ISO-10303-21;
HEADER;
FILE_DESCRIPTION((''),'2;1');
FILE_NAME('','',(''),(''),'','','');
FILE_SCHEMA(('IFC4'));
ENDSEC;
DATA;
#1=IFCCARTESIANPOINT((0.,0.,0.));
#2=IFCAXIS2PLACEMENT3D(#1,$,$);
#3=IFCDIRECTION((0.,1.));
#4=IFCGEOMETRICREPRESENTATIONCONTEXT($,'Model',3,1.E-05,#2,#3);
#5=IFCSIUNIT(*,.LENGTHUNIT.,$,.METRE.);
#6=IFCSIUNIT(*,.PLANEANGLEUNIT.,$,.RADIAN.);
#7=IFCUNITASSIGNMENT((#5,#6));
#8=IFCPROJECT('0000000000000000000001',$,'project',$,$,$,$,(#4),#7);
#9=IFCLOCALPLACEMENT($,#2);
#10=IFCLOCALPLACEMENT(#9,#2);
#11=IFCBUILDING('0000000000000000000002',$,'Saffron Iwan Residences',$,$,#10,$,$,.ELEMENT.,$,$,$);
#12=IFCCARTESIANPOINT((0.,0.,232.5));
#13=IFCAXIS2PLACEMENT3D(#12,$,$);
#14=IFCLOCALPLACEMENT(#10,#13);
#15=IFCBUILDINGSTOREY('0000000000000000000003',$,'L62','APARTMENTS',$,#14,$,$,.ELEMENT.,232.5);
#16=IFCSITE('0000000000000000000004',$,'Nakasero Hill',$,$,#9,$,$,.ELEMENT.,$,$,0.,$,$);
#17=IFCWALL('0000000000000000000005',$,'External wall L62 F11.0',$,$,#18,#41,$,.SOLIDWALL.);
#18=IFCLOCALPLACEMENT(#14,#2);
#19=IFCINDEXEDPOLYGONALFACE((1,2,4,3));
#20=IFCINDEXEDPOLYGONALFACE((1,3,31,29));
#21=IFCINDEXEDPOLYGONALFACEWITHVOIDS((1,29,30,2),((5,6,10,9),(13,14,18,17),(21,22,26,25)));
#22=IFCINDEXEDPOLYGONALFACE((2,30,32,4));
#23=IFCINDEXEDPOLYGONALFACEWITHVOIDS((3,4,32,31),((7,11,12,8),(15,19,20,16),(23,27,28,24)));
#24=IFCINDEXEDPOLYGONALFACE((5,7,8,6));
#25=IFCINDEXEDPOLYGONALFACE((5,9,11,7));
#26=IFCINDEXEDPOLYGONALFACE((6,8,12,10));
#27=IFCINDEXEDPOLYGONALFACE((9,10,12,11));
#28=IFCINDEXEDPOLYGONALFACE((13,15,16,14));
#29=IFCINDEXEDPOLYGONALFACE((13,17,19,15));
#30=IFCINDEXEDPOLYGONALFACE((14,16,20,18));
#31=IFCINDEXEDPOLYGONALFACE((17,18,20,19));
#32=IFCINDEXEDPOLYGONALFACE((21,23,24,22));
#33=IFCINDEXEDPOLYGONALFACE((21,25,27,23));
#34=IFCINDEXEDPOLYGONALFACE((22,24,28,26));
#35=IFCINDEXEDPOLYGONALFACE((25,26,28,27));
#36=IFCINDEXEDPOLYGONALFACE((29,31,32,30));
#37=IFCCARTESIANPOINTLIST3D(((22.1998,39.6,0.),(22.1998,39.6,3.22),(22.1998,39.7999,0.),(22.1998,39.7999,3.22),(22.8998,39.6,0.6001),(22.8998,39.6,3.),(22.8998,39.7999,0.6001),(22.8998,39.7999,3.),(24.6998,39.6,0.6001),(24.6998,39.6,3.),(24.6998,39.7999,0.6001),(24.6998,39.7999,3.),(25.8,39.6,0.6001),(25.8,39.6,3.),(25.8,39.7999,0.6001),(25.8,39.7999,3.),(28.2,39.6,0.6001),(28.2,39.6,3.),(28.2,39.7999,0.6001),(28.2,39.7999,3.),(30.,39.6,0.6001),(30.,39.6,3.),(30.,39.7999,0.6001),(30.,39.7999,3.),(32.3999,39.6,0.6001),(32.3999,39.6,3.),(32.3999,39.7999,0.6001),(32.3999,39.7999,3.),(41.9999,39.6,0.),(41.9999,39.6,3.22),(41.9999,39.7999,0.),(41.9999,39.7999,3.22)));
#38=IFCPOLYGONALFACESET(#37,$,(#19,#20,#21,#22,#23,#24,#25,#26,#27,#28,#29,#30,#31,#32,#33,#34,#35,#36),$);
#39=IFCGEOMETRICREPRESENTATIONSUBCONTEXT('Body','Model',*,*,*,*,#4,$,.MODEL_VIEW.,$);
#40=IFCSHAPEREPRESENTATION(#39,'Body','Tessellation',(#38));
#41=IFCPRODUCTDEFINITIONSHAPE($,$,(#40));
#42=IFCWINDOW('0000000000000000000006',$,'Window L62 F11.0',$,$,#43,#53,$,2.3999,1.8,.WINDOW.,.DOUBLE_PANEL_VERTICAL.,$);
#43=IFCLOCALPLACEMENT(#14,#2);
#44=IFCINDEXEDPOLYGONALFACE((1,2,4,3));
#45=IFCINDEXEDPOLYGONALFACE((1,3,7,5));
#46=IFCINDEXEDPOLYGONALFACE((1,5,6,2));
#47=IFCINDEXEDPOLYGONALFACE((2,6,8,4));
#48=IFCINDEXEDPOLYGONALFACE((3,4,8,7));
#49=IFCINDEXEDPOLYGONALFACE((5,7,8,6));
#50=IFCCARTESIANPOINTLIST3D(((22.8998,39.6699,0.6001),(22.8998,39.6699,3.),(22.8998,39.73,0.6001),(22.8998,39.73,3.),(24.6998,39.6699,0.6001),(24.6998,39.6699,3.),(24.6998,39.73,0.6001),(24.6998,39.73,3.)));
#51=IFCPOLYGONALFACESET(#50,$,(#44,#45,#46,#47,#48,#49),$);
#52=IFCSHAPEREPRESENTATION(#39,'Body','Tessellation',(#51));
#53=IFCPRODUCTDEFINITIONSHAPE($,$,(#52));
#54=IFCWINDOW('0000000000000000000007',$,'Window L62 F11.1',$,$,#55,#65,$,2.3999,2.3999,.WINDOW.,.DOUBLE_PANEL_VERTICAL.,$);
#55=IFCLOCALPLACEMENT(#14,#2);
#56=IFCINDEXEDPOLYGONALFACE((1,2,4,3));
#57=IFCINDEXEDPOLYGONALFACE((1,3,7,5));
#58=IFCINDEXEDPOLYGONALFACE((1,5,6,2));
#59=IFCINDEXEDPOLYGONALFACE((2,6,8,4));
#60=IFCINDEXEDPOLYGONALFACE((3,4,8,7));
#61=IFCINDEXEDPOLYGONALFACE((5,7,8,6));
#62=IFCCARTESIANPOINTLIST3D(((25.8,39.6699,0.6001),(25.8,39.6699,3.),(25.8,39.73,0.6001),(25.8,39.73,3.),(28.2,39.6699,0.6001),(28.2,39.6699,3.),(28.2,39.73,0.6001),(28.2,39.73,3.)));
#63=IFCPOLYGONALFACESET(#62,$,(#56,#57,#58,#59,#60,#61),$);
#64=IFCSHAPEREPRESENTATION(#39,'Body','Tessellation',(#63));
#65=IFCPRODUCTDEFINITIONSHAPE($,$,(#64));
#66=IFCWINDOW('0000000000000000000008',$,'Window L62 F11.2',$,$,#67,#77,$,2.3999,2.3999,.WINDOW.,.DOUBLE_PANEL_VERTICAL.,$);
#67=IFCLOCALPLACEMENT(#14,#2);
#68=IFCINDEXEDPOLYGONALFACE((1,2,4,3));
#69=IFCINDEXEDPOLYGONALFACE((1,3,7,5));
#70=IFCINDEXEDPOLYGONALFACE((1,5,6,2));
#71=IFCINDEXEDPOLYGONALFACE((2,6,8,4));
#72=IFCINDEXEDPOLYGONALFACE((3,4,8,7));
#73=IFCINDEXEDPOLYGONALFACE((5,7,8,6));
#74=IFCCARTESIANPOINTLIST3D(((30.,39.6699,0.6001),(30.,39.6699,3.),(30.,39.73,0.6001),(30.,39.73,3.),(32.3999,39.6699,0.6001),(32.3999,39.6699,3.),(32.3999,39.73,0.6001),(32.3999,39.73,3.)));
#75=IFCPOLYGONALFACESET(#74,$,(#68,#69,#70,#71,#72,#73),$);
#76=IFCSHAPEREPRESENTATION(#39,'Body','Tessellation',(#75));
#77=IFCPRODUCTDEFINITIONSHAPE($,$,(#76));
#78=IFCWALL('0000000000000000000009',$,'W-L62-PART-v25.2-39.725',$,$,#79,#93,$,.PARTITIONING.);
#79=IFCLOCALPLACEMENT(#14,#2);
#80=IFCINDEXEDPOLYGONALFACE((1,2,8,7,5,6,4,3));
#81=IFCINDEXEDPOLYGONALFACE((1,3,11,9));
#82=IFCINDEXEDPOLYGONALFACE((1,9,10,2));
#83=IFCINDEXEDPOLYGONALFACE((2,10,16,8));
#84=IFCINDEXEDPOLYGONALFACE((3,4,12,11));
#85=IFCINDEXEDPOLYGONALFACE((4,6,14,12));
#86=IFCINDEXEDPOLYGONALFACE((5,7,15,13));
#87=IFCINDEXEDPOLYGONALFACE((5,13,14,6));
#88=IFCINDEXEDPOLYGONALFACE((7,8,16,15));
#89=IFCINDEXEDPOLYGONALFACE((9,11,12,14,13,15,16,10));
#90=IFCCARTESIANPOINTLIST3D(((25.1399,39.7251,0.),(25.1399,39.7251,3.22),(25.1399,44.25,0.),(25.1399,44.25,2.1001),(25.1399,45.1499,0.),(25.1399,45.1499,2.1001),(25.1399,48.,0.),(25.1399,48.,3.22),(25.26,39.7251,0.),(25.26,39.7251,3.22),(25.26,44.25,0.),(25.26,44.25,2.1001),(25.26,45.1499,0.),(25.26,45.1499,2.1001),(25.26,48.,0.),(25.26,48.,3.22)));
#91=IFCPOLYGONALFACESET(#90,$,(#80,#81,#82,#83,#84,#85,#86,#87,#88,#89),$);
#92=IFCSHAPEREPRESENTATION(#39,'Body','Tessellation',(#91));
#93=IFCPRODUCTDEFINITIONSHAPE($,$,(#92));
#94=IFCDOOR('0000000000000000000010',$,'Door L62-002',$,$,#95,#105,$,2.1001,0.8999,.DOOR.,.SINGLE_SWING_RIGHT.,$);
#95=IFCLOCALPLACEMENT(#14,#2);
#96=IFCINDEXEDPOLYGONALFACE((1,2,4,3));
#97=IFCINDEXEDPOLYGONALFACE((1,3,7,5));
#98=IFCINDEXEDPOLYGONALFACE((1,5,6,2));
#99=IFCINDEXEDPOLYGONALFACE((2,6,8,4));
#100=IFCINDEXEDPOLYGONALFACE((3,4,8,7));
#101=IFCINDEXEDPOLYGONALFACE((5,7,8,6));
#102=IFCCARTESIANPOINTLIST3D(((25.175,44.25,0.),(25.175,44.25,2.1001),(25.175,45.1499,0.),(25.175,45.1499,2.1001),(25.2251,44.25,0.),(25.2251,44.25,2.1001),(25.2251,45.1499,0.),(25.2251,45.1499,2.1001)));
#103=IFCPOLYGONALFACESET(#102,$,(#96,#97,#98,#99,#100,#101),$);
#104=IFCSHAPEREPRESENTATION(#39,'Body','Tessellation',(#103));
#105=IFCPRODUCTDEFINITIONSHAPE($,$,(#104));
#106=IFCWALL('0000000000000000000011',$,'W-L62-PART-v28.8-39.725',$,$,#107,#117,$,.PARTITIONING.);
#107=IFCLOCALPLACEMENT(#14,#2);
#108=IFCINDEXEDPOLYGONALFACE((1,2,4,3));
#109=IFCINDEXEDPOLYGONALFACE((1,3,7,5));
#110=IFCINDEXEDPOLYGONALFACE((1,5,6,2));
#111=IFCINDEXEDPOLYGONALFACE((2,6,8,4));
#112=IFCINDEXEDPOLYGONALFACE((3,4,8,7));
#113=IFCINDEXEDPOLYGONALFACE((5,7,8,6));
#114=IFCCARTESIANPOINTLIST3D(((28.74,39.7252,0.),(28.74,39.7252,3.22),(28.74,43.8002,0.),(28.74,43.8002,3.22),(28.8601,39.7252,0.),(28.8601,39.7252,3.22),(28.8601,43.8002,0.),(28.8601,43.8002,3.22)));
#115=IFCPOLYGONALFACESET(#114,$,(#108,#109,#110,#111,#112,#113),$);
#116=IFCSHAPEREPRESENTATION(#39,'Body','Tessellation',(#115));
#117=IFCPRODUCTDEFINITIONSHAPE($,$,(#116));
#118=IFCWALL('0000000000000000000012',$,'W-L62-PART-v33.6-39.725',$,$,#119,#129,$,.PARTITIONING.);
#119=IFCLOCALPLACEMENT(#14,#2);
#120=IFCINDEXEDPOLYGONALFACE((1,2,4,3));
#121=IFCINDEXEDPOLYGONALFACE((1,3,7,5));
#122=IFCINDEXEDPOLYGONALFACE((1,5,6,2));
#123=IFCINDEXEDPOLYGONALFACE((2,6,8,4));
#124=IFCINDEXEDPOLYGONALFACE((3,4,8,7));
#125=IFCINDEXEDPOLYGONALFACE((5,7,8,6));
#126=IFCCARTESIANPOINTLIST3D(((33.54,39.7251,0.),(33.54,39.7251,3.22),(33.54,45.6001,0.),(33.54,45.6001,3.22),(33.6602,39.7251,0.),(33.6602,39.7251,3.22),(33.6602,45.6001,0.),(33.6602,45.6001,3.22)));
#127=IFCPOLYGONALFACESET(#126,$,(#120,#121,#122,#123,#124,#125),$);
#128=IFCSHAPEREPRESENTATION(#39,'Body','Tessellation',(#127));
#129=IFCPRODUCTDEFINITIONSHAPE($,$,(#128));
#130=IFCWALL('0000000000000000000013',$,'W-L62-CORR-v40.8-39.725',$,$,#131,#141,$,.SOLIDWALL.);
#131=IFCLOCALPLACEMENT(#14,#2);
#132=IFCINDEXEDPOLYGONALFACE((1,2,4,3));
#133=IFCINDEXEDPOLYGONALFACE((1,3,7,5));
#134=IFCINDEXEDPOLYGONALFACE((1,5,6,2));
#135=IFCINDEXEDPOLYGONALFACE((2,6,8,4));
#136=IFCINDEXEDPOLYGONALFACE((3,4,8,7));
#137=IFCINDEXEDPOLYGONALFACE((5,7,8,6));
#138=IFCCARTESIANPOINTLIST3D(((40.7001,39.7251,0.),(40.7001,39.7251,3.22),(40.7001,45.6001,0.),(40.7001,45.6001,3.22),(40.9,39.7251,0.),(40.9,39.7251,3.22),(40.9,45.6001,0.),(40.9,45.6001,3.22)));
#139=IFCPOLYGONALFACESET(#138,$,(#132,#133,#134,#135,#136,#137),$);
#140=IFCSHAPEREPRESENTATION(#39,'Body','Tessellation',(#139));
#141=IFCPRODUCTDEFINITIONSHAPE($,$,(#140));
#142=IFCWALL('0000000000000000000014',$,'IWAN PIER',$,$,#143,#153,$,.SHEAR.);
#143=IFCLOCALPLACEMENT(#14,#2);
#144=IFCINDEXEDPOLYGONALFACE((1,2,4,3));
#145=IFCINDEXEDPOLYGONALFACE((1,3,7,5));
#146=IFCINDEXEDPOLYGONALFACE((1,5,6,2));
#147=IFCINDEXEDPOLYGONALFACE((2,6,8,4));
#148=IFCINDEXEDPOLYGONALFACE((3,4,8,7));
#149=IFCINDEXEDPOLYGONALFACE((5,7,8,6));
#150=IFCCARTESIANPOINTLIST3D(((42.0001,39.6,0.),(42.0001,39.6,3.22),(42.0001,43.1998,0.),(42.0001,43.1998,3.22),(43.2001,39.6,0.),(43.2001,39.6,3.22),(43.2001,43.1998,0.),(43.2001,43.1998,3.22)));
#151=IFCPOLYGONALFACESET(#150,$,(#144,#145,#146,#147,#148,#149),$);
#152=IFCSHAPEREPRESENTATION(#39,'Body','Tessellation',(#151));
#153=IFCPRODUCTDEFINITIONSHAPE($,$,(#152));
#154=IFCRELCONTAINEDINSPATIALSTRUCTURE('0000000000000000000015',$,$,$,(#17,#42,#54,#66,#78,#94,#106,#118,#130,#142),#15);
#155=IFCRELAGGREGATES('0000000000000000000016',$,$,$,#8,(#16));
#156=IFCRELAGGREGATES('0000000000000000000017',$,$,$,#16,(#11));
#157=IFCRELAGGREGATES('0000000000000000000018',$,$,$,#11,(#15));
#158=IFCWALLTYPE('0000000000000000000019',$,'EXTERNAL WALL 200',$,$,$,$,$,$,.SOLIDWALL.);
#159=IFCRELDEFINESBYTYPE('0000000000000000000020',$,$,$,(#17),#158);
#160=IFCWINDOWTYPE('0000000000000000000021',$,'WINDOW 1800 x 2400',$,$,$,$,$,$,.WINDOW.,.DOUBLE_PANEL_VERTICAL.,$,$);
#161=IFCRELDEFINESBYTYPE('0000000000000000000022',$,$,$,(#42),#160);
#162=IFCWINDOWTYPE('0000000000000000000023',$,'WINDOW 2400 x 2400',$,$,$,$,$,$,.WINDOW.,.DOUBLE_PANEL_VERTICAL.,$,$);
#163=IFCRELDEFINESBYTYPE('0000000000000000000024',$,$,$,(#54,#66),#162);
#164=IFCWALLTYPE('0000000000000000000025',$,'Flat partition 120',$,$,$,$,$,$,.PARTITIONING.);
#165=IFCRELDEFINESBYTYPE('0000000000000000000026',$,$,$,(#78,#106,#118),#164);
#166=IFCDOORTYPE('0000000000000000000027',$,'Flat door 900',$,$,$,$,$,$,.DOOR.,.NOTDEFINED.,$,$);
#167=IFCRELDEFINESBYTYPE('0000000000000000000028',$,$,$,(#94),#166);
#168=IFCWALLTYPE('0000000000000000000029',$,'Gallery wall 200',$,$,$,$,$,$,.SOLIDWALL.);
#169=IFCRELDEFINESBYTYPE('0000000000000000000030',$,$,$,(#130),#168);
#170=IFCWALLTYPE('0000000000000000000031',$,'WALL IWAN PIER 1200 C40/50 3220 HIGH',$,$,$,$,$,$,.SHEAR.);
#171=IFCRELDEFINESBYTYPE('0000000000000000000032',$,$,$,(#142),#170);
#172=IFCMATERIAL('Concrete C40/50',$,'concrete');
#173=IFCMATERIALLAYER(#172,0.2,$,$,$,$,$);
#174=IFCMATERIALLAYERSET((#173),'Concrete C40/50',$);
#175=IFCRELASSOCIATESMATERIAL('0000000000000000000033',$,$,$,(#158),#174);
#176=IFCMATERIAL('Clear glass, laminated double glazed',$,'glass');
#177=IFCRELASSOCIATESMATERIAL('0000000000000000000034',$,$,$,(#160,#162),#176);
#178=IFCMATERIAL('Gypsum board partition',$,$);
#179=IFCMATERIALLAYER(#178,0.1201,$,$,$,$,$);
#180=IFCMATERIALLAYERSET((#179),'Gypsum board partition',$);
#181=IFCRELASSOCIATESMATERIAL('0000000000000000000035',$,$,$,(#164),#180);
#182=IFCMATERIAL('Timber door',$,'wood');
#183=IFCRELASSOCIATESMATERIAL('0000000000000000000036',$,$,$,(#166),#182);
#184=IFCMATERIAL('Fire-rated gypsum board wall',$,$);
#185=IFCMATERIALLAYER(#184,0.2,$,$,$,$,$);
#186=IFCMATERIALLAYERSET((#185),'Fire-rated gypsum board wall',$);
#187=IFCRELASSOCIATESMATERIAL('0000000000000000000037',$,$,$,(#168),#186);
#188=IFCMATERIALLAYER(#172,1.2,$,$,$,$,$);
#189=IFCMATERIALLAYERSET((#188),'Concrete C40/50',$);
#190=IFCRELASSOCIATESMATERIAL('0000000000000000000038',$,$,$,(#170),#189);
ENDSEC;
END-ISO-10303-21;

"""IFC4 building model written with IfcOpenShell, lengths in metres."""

from ifc_helpers import new_model, si_unit, direction, frame, frame_2d, origin, place, context, subcontext, project, spatial, rectangle, extrude, material, layer, layer_set, type_object, element, fill, save


model = new_model("IFC4")

# Units and contexts
model_context = context("Model", 3, precision=1e-05, world=origin(), true_north=direction((0.0, 1.0)))
body_context = subcontext(model_context, "Body", "Model", "MODEL_VIEW")
ifc_project = project(units=[si_unit("LENGTHUNIT", "METRE"), si_unit("PLANEANGLEUNIT", "RADIAN")], contexts=[model_context])

# Site, building, storey
site_placement = place(None, origin())
site = spatial("IfcSite", under=ifc_project, at=site_placement, Name="Nakasero Hill", CompositionType="ELEMENT", RefElevation=0.0)
building_placement = place(site_placement, origin())
building = spatial("IfcBuilding", under=site, at=building_placement, Name="Saffron Iwan Residences", CompositionType="ELEMENT")
storey_placement = place(building_placement, frame((0.0, 0.0, 232.5)))
storey = spatial("IfcBuildingStorey", under=building, at=storey_placement, Name="L62", Description="APARTMENTS", CompositionType="ELEMENT", Elevation=232.5)

# Shared definitions
ifc_material_1 = material(Name="Clear glass, laminated double glazed", Category="glass")

# Wall, openings, windows
ifc_material_2 = material(Name="Concrete C40/50", Category="concrete")
ifc_layer_1 = layer(ifc_material_2, 0.2)
ifc_layer_set_1 = layer_set([ifc_layer_1], Name="Concrete C40/50")
wall_type_1 = type_object("IfcWallType", Name="EXTERNAL WALL 200", PredefinedType="SOLIDWALL", material=ifc_layer_set_1)
wall_1_placement = place(storey_placement, frame((22.2, 39.7, 0.0), z_axis=(0.0, 0.0, 1.0), x_axis=(1.0, 0.0, 0.0)))
wall_1 = element("IfcWall", 1, at=wall_1_placement, inside=storey, type_object=wall_type_1, Name="External wall L62 F11.0", PredefinedType="SOLIDWALL", context=body_context, shape_type="SweptSolid", body=[
    extrude(rectangle(XDim=19.8, YDim=0.2, at=frame_2d((9.8999, 0.0))), origin(), (0.0, 0.0, 1.0), 3.22),
])
opening_1_placement = place(wall_1_placement, frame((0.7, 0.0, 0.6001)))
opening_1 = element("IfcOpeningElement", 2, at=opening_1_placement, cuts=wall_1, PredefinedType="OPENING", context=body_context, shape_type="SweptSolid", body=[
    extrude(rectangle(XDim=1.8, YDim=2.3999, at=frame_2d((0.8999, 1.2))), frame((0.0, 0.1099, 0.0), z_axis=(0.0, -1.0, 0.0), x_axis=(1.0, 0.0, 0.0)), (0.0, 0.0, 1.0), 0.22),
])
opening_2_placement = place(wall_1_placement, frame((3.6001, 0.0, 0.6001)))
opening_2 = element("IfcOpeningElement", 3, at=opening_2_placement, cuts=wall_1, PredefinedType="OPENING", context=body_context, shape_type="SweptSolid", body=[
    extrude(rectangle(XDim=2.3999, YDim=2.3999, at=frame_2d((1.2, 1.2))), frame((0.0, 0.1099, 0.0), z_axis=(0.0, -1.0, 0.0), x_axis=(1.0, 0.0, 0.0)), (0.0, 0.0, 1.0), 0.22),
])
opening_3_placement = place(wall_1_placement, frame((7.8, 0.0, 0.6001)))
opening_3 = element("IfcOpeningElement", 4, at=opening_3_placement, cuts=wall_1, PredefinedType="OPENING", context=body_context, shape_type="SweptSolid", body=[
    extrude(rectangle(XDim=2.3999, YDim=2.3999, at=frame_2d((1.2, 1.2))), frame((0.0, 0.1099, 0.0), z_axis=(0.0, -1.0, 0.0), x_axis=(1.0, 0.0, 0.0)), (0.0, 0.0, 1.0), 0.22),
])
window_type_1 = type_object("IfcWindowType", Name="WINDOW 1800 x 2400", PartitioningType="DOUBLE_PANEL_VERTICAL", PredefinedType="WINDOW", material=ifc_material_1)
window_1_placement = place(opening_1_placement, origin())
window_1 = element("IfcWindow", 5, at=window_1_placement, inside=storey, type_object=window_type_1, Name="Window L62 F11.0", OverallHeight=2.3999, OverallWidth=1.8, PartitioningType="DOUBLE_PANEL_VERTICAL", PredefinedType="WINDOW", context=body_context, shape_type="SweptSolid", body=[
    extrude(rectangle(XDim=1.8, YDim=2.3999, at=frame_2d((0.8999, 1.2))), frame((0.0, 0.03, 0.0), z_axis=(0.0, -1.0, 0.0), x_axis=(1.0, 0.0, 0.0)), (0.0, 0.0, 1.0), 0.0601),
])
fill(opening_1, window_1)
window_type_2 = type_object("IfcWindowType", Name="WINDOW 2400 x 2400", PartitioningType="DOUBLE_PANEL_VERTICAL", PredefinedType="WINDOW", material=ifc_material_1)
window_2_placement = place(opening_2_placement, origin())
window_2 = element("IfcWindow", 6, at=window_2_placement, inside=storey, type_object=window_type_2, Name="Window L62 F11.1", OverallHeight=2.3999, OverallWidth=2.3999, PartitioningType="DOUBLE_PANEL_VERTICAL", PredefinedType="WINDOW", context=body_context, shape_type="SweptSolid", body=[
    extrude(rectangle(XDim=2.3999, YDim=2.3999, at=frame_2d((1.2, 1.2))), frame((0.0, 0.03, 0.0), z_axis=(0.0, -1.0, 0.0), x_axis=(1.0, 0.0, 0.0)), (0.0, 0.0, 1.0), 0.0601),
])
fill(opening_2, window_2)
window_3_placement = place(opening_3_placement, origin())
window_3 = element("IfcWindow", 7, at=window_3_placement, inside=storey, type_object=window_type_2, Name="Window L62 F11.2", OverallHeight=2.3999, OverallWidth=2.3999, PartitioningType="DOUBLE_PANEL_VERTICAL", PredefinedType="WINDOW", context=body_context, shape_type="SweptSolid", body=[
    extrude(rectangle(XDim=2.3999, YDim=2.3999, at=frame_2d((1.2, 1.2))), frame((0.0, 0.03, 0.0), z_axis=(0.0, -1.0, 0.0), x_axis=(1.0, 0.0, 0.0)), (0.0, 0.0, 1.0), 0.0601),
])
fill(opening_3, window_3)

# Wall, opening, door
ifc_material_3 = material(Name="Gypsum board partition")
ifc_layer_2 = layer(ifc_material_3, 0.1201)
ifc_layer_set_2 = layer_set([ifc_layer_2], Name="Gypsum board partition")
wall_type_2 = type_object("IfcWallType", Name="Flat partition 120", PredefinedType="PARTITIONING", material=ifc_layer_set_2)
wall_2_placement = place(storey_placement, frame((25.2, 39.7251, 0.0), z_axis=(0.0, 0.0, 1.0), x_axis=(0.0, 1.0, 0.0)))
wall_2 = element("IfcWall", 8, at=wall_2_placement, inside=storey, type_object=wall_type_2, Name="W-L62-PART-v25.2-39.725", PredefinedType="PARTITIONING", context=body_context, shape_type="SweptSolid", body=[
    extrude(rectangle(XDim=8.2749, YDim=0.1201, at=frame_2d((4.1375, 0.0))), origin(), (0.0, 0.0, 1.0), 3.22),
])
opening_4_placement = place(wall_2_placement, frame((4.5249, 0.0, 0.0)))
opening_4 = element("IfcOpeningElement", 9, at=opening_4_placement, cuts=wall_2, PredefinedType="OPENING", context=body_context, shape_type="SweptSolid", body=[
    extrude(rectangle(XDim=0.8999, YDim=2.1001, at=frame_2d((0.45, 1.05))), frame((0.0, 0.0701, 0.0), z_axis=(0.0, -1.0, 0.0), x_axis=(1.0, 0.0, 0.0)), (0.0, 0.0, 1.0), 0.1401),
])
ifc_material_4 = material(Name="Timber door", Category="wood")
door_type = type_object("IfcDoorType", Name="Flat door 900", OperationType="NOTDEFINED", PredefinedType="DOOR", material=ifc_material_4)
door_placement = place(opening_4_placement, origin())
door = element("IfcDoor", 10, at=door_placement, inside=storey, type_object=door_type, Name="Door L62-002", OperationType="SINGLE_SWING_RIGHT", OverallHeight=2.1001, OverallWidth=0.8999, PredefinedType="DOOR", context=body_context, shape_type="SweptSolid", body=[
    extrude(rectangle(XDim=0.8999, YDim=2.1001, at=frame_2d((0.45, 1.05))), frame((0.0, 0.0249, 0.0), z_axis=(0.0, -1.0, 0.0), x_axis=(1.0, 0.0, 0.0)), (0.0, 0.0, 1.0), 0.05),
])
fill(opening_4, door)

# Walls
wall_3_placement = place(storey_placement, frame((28.8, 39.7251, 0.0), z_axis=(0.0, 0.0, 1.0), x_axis=(0.0, 1.0, 0.0)))
element("IfcWall", 11, at=wall_3_placement, inside=storey, type_object=wall_type_2, Name="W-L62-PART-v28.8-39.725", PredefinedType="PARTITIONING", context=body_context, shape_type="SweptSolid", body=[
    extrude(rectangle(XDim=4.075, YDim=0.1201, at=frame_2d((2.0376, 0.0))), origin(), (0.0, 0.0, 1.0), 3.22),
])
wall_4_placement = place(storey_placement, frame((33.6001, 39.7251, 0.0), z_axis=(0.0, 0.0, 1.0), x_axis=(0.0, 1.0, 0.0)))
element("IfcWall", 12, at=wall_4_placement, inside=storey, type_object=wall_type_2, Name="W-L62-PART-v33.6-39.725", PredefinedType="PARTITIONING", context=body_context, shape_type="SweptSolid", body=[
    extrude(rectangle(XDim=5.875, YDim=0.1201, at=frame_2d((2.9375, 0.0))), origin(), (0.0, 0.0, 1.0), 3.22),
])
ifc_material_5 = material(Name="Fire-rated gypsum board wall")
ifc_layer_3 = layer(ifc_material_5, 0.2)
ifc_layer_set_3 = layer_set([ifc_layer_3], Name="Fire-rated gypsum board wall")
wall_type_3 = type_object("IfcWallType", Name="Gallery wall 200", PredefinedType="SOLIDWALL", material=ifc_layer_set_3)
wall_5_placement = place(storey_placement, frame((40.8, 39.7251, 0.0), z_axis=(0.0, 0.0, 1.0), x_axis=(0.0, 1.0, 0.0)))
element("IfcWall", 13, at=wall_5_placement, inside=storey, type_object=wall_type_3, Name="W-L62-CORR-v40.8-39.725", PredefinedType="SOLIDWALL", context=body_context, shape_type="SweptSolid", body=[
    extrude(rectangle(XDim=5.875, YDim=0.2, at=frame_2d((2.9375, 0.0))), origin(), (0.0, 0.0, 1.0), 3.22),
])
ifc_layer_4 = layer(ifc_material_2, 1.2)
ifc_layer_set_4 = layer_set([ifc_layer_4], Name="Concrete C40/50")
wall_type_4 = type_object("IfcWallType", Name="WALL IWAN PIER 1200 C40/50 3220 HIGH", PredefinedType="SHEAR", material=ifc_layer_set_4)
wall_6_placement = place(storey_placement, frame((42.6001, 39.6001, 0.0), z_axis=(0.0, 0.0, 1.0), x_axis=(0.0, 1.0, 0.0)))
element("IfcWall", 14, at=wall_6_placement, inside=storey, type_object=wall_type_4, Name="IWAN PIER", PredefinedType="SHEAR", context=body_context, shape_type="SweptSolid", body=[
    extrude(rectangle(XDim=3.5999, YDim=1.2, at=frame_2d((1.7998, 0.0))), origin(), (0.0, 0.0, 1.0), 3.22),
])

save(model, "model.ifc")
